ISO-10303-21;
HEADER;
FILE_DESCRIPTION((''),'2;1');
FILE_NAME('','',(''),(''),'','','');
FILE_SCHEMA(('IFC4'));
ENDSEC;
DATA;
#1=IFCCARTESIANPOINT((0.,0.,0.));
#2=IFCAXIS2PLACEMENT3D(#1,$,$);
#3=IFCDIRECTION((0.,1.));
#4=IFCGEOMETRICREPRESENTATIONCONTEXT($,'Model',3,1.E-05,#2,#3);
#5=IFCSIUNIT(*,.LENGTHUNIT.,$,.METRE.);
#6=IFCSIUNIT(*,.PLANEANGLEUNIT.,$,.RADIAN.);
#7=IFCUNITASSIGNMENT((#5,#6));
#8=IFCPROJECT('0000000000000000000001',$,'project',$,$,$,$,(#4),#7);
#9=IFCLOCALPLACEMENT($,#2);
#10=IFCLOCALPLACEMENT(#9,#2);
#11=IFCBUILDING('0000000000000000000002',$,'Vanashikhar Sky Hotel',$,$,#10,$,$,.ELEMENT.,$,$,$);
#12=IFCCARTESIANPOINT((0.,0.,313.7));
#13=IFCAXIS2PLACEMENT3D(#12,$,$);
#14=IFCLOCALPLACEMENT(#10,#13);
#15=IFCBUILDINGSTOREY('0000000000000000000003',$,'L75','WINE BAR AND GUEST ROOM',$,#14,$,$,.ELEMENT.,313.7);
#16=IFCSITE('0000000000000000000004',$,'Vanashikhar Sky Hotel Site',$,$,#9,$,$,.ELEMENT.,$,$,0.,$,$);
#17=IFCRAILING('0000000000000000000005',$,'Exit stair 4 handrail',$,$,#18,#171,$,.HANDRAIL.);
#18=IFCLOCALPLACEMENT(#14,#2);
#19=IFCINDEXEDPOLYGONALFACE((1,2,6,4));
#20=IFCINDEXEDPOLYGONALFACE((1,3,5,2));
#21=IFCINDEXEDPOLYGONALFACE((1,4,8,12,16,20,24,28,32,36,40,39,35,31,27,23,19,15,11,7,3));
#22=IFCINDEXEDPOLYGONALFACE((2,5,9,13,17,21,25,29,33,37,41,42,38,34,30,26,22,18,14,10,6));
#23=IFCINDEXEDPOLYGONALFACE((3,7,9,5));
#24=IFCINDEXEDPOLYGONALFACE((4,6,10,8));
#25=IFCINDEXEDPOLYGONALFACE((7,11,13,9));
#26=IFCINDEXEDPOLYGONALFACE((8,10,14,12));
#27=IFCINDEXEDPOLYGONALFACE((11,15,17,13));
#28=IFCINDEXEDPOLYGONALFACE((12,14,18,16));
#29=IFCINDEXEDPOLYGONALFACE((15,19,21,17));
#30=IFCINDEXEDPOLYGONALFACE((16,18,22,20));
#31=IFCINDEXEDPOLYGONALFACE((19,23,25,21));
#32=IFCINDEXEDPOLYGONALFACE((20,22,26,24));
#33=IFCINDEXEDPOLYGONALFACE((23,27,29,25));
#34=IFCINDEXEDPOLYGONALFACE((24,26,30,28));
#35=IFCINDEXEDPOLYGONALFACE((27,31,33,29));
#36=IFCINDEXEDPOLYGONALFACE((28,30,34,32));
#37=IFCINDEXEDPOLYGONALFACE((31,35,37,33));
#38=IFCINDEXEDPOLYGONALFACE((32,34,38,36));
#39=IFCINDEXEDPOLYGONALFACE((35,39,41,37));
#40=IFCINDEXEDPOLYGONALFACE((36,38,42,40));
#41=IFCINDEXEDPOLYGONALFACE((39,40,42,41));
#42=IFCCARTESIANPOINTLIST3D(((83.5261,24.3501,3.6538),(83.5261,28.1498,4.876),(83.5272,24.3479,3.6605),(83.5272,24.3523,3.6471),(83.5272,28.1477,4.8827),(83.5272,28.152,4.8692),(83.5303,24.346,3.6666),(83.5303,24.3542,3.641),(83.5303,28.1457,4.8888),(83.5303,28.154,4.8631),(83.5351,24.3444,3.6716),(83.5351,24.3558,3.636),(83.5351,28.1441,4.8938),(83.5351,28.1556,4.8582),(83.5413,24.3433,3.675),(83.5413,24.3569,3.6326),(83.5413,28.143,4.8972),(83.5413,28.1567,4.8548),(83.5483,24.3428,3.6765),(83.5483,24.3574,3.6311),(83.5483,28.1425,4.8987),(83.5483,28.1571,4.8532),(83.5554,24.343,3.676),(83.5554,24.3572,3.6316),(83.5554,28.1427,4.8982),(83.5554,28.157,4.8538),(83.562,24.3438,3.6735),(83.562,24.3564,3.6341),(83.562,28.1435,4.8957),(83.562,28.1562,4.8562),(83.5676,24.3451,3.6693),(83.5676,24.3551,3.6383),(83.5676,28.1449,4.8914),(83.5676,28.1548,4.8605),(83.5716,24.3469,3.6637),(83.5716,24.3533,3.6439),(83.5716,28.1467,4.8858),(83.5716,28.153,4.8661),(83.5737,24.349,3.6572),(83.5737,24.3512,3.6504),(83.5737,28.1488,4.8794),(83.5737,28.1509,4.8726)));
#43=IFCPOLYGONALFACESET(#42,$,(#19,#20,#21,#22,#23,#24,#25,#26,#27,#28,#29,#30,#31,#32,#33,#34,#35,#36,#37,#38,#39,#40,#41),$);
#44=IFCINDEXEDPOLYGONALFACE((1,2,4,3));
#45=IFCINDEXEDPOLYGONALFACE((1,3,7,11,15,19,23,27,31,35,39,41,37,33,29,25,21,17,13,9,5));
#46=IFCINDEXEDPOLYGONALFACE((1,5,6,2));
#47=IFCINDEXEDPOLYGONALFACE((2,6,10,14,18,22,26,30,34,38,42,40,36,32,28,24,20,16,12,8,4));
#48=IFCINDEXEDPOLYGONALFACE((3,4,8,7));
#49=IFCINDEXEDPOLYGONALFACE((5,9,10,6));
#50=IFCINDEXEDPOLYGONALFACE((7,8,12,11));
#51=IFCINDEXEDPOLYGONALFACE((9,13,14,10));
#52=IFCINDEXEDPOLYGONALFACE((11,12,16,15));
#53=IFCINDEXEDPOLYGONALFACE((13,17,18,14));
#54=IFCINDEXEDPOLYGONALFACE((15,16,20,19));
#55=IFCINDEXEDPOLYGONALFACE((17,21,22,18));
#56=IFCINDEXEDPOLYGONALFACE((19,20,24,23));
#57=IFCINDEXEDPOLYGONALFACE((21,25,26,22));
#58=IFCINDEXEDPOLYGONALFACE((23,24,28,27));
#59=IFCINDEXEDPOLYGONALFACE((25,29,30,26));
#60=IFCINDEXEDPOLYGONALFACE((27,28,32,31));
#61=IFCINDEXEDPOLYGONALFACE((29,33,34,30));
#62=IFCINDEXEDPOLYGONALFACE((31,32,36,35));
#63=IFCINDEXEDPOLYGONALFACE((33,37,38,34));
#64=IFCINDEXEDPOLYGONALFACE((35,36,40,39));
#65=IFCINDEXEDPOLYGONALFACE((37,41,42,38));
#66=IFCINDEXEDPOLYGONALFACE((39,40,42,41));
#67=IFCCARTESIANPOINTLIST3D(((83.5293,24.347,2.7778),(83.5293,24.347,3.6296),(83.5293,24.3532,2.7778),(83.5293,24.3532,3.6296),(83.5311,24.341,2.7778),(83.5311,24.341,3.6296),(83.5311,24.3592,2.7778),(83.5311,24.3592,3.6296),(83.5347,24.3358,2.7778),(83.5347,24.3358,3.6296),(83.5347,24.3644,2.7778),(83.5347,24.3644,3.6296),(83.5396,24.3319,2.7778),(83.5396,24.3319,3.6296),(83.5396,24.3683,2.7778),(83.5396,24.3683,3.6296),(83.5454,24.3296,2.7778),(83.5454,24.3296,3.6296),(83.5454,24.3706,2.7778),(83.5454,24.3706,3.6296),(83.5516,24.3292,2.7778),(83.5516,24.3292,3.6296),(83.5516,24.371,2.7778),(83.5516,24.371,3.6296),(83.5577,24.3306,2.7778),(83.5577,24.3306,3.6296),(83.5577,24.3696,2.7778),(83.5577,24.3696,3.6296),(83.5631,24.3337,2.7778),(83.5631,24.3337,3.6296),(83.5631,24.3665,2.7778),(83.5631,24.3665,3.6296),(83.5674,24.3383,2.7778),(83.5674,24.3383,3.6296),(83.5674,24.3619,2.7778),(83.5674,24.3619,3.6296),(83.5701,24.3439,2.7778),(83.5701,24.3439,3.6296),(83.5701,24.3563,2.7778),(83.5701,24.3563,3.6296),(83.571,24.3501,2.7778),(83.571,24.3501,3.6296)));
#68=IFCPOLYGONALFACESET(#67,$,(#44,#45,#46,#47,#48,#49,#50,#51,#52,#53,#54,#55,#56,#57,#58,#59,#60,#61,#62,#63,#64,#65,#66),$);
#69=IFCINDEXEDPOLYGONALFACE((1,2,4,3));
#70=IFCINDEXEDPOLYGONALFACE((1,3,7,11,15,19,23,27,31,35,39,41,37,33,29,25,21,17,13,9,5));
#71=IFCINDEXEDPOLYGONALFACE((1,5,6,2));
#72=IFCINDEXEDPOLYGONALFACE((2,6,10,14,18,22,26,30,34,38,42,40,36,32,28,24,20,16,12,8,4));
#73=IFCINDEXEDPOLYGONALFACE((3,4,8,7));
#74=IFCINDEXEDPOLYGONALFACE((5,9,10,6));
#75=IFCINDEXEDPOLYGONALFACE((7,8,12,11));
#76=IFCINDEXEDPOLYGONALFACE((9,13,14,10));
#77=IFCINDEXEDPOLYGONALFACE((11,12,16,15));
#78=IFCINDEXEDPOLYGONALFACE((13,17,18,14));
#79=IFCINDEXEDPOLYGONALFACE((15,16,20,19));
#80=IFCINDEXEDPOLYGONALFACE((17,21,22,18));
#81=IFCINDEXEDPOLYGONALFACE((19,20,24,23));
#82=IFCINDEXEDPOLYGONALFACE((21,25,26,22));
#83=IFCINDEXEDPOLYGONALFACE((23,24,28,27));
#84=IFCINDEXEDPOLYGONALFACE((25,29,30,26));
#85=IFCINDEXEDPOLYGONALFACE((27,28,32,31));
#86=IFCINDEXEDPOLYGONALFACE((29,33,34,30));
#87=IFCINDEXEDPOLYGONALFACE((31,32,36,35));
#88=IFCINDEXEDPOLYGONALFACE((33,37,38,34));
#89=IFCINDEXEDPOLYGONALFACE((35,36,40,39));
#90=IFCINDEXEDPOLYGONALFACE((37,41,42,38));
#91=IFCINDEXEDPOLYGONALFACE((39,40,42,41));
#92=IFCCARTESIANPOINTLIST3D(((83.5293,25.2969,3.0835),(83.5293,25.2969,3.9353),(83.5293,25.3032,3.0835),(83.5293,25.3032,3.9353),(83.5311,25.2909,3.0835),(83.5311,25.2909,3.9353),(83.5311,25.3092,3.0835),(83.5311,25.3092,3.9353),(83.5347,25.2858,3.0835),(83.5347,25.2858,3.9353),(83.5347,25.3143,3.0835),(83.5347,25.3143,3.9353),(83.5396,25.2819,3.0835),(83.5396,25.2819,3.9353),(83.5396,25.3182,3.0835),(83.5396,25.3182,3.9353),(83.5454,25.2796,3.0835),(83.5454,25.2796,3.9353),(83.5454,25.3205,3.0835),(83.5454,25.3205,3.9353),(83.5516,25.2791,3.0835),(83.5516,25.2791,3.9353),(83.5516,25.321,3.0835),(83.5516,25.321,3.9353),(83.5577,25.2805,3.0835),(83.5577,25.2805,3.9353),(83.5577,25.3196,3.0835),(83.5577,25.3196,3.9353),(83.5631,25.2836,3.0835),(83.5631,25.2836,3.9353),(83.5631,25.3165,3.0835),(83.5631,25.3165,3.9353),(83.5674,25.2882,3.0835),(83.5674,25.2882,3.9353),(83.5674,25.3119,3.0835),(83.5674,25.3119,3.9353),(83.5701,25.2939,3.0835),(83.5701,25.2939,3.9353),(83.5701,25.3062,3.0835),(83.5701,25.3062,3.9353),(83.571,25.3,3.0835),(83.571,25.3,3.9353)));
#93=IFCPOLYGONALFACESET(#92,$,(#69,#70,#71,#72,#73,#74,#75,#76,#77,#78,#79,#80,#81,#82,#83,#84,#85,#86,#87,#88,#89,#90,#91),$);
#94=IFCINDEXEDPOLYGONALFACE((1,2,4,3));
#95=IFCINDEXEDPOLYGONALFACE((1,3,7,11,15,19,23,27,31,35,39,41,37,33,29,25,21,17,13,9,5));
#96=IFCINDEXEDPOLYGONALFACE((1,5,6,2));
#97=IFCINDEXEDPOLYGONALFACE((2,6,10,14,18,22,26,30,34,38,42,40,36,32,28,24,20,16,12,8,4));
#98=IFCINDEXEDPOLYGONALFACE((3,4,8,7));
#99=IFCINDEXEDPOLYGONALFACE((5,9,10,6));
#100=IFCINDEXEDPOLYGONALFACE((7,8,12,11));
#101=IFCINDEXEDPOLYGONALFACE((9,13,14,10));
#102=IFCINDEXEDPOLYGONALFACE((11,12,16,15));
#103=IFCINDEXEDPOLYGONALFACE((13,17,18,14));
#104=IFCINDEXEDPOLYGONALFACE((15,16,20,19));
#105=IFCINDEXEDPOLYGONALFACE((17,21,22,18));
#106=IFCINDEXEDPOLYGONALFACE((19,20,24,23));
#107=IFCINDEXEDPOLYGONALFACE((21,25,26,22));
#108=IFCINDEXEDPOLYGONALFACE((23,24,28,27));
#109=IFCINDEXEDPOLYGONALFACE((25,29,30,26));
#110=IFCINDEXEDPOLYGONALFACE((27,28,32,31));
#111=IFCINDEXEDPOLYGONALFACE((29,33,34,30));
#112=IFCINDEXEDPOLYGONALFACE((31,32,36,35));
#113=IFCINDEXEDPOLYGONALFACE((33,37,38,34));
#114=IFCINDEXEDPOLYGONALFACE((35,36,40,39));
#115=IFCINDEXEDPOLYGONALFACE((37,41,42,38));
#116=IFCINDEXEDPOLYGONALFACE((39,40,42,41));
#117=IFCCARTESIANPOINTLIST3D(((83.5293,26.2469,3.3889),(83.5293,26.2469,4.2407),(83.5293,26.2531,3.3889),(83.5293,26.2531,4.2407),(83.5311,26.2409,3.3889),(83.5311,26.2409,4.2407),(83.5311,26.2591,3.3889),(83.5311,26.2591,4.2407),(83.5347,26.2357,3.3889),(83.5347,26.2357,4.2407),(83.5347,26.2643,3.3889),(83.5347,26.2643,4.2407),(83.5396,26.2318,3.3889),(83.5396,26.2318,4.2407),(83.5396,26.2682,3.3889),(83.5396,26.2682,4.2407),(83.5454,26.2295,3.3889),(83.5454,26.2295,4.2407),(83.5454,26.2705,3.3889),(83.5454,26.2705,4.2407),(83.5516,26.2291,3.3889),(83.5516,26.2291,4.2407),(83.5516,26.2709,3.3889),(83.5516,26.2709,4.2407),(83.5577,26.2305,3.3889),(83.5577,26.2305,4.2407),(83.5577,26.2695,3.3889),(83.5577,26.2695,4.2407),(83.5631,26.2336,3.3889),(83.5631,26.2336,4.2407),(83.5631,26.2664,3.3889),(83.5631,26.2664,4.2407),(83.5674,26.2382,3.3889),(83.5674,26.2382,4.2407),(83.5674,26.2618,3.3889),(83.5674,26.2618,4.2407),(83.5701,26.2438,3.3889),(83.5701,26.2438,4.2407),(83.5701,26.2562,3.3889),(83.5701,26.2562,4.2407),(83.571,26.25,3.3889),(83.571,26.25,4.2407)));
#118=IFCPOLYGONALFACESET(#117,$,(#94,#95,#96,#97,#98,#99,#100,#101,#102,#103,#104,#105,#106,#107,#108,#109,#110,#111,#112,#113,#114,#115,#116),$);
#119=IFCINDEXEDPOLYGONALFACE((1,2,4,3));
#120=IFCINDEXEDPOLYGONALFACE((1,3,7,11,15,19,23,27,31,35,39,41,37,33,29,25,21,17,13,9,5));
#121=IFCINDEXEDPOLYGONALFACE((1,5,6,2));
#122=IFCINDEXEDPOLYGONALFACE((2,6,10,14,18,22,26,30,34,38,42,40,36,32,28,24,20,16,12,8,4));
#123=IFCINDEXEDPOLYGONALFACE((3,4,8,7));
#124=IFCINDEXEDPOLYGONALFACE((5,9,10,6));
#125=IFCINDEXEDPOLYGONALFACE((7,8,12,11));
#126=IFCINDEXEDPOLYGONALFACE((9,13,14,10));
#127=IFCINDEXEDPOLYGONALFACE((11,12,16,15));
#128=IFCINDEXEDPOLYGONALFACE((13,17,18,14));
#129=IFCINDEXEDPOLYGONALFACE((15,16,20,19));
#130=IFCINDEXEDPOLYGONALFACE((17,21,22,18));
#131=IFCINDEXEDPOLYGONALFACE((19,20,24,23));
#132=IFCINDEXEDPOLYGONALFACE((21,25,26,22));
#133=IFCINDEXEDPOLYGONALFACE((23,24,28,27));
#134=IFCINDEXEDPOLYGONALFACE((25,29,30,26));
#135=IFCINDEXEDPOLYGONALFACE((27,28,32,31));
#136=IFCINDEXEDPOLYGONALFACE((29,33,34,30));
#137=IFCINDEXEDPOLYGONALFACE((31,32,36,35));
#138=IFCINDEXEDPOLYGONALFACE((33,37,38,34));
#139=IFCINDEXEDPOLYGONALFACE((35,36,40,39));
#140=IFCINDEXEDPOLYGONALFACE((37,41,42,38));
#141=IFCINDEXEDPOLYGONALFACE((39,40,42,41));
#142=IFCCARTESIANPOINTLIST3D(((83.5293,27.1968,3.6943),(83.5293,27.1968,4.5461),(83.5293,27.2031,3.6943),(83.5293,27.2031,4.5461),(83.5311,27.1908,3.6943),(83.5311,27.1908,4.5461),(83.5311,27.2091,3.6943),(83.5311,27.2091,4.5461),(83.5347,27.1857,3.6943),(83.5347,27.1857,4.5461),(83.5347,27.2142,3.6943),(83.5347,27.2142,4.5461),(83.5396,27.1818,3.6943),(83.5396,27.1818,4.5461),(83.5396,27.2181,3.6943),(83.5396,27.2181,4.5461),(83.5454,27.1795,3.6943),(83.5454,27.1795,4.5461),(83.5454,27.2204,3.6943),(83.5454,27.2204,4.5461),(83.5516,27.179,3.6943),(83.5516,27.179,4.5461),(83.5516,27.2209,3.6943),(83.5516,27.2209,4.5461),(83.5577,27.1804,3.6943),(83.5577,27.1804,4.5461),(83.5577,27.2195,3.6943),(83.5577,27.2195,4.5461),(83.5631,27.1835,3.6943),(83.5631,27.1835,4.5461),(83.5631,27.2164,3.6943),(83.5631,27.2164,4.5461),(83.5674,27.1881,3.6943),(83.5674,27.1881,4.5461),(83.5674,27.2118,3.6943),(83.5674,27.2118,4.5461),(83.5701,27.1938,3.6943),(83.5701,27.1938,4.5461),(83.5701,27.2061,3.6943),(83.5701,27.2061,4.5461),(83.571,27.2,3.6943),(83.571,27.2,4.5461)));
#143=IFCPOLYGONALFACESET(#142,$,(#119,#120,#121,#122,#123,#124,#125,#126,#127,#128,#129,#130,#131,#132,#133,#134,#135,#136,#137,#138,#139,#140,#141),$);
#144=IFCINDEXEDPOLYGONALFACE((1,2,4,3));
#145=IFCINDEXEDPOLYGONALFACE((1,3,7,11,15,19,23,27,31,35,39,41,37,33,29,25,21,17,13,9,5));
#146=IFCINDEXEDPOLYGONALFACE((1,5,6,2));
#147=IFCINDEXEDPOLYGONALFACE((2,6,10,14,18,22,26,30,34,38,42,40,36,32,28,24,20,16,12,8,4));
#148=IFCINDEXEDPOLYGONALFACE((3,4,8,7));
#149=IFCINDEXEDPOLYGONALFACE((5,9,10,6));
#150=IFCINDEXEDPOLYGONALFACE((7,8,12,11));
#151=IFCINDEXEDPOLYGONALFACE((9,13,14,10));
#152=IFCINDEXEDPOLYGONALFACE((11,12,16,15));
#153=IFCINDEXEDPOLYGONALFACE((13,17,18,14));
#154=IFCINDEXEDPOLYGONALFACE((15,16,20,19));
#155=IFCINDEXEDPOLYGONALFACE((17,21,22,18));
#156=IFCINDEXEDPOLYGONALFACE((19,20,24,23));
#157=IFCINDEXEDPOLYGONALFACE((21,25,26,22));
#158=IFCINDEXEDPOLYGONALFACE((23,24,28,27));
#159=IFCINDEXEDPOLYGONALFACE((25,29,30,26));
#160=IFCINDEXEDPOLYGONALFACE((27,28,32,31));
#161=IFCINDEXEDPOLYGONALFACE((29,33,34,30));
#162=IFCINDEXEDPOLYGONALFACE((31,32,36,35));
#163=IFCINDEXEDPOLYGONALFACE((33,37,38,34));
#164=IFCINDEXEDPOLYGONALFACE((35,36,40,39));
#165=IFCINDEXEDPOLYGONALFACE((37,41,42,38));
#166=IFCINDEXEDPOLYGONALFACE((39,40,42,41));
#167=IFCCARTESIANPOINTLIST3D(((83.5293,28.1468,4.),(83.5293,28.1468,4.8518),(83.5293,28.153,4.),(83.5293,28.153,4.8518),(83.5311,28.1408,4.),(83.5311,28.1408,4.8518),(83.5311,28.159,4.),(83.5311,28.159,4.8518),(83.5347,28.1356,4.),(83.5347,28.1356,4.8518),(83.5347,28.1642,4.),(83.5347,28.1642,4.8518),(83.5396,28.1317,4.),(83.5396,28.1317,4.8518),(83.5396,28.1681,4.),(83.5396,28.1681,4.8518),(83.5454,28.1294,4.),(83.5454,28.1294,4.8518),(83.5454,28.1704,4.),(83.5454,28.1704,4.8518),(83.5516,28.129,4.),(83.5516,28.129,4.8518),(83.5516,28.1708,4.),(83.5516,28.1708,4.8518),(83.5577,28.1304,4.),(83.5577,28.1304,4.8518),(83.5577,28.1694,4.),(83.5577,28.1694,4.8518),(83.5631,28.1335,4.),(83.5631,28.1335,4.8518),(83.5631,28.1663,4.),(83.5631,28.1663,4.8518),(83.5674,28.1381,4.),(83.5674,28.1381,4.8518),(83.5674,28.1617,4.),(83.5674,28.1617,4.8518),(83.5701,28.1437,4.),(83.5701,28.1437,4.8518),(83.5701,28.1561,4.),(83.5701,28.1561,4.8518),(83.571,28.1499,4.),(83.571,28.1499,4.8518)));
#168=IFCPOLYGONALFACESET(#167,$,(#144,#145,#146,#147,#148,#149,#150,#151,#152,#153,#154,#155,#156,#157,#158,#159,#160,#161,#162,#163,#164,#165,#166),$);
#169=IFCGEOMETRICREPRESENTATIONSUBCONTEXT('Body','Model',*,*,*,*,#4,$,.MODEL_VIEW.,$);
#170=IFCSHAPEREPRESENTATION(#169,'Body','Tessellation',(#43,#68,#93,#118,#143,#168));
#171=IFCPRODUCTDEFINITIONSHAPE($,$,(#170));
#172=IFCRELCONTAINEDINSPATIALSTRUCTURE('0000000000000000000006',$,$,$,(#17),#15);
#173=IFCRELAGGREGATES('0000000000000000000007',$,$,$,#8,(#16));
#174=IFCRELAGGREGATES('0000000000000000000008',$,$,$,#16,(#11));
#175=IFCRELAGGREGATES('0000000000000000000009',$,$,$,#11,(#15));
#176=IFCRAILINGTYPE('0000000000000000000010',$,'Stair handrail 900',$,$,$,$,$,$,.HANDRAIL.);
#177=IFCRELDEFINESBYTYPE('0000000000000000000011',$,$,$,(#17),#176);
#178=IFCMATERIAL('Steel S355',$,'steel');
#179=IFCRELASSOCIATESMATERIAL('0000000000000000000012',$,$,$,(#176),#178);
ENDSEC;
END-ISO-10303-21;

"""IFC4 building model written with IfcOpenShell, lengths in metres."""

from ifc_helpers import new_model, si_unit, direction, frame, origin, origin_2d, place, context, subcontext, project, spatial, circle, extrude, source, transform, mapped, material, type_object, element, save


model = new_model("IFC4")

# Units and contexts
model_context = context("Model", 3, precision=1e-05, world=origin(), true_north=direction((0.0, 1.0)))
body_context = subcontext(model_context, "Body", "Model", "MODEL_VIEW")
ifc_project = project(units=[si_unit("LENGTHUNIT", "METRE"), si_unit("PLANEANGLEUNIT", "RADIAN")], contexts=[model_context])

# Site, building, storey
site_placement = place(None, origin())
site = spatial("IfcSite", under=ifc_project, at=site_placement, Name="Vanashikhar Sky Hotel Site", CompositionType="ELEMENT", RefElevation=0.0)
building_placement = place(site_placement, origin())
building = spatial("IfcBuilding", under=site, at=building_placement, Name="Vanashikhar Sky Hotel", CompositionType="ELEMENT")
storey_placement = place(building_placement, frame((0.0, 0.0, 313.7)))
storey = spatial("IfcBuildingStorey", under=building, at=storey_placement, Name="L75", Description="WINE BAR AND GUEST ROOM", CompositionType="ELEMENT", Elevation=313.7)

# Railing
ifc_material_1 = material(Name="Steel S355", Category="steel")
railing_type_1 = type_object("IfcRailingType", Name="Stair handrail 900", PredefinedType="HANDRAIL", material=ifc_material_1)
shared_shape_1 = source(origin(), body_context, "Body", "SweptSolid", [
    extrude(circle(Radius=0.0239, at=origin_2d()), frame((0.0, 0.0, 0.876), z_axis=(0.0, 0.95197, 0.306191), x_axis=(-1.0, 0.0, 0.0)), (0.0, 0.0, 1.0), 3.9915),
    extrude(circle(Radius=0.021, at=origin_2d()), origin(), (0.0, 0.0, 1.0), 0.8518),
    extrude(circle(Radius=0.021, at=origin_2d()), frame((0.0, 0.95, 0.3057)), (0.0, 0.0, 1.0), 0.8518),
    extrude(circle(Radius=0.021, at=origin_2d()), frame((0.0, 1.8999, 0.6111)), (0.0, 0.0, 1.0), 0.8518),
    extrude(circle(Radius=0.021, at=origin_2d()), frame((0.0, 2.8499, 0.9165)), (0.0, 0.0, 1.0), 0.8518),
    extrude(circle(Radius=0.021, at=origin_2d()), frame((0.0, 3.7998, 1.2222)), (0.0, 0.0, 1.0), 0.8518),
])
railing_1_placement = place(storey_placement, frame((83.55, 24.3501, 2.7778)))
element("IfcRailing", 1, at=railing_1_placement, inside=storey, type_object=railing_type_1, Name="Exit stair 4 handrail", PredefinedType="HANDRAIL", context=body_context, shape_type="MappedRepresentation", body=[
    mapped(shared_shape_1, transform((0.0, 0.0, 0.0), scale=1.0)),
])

save(model, "model.ifc")
